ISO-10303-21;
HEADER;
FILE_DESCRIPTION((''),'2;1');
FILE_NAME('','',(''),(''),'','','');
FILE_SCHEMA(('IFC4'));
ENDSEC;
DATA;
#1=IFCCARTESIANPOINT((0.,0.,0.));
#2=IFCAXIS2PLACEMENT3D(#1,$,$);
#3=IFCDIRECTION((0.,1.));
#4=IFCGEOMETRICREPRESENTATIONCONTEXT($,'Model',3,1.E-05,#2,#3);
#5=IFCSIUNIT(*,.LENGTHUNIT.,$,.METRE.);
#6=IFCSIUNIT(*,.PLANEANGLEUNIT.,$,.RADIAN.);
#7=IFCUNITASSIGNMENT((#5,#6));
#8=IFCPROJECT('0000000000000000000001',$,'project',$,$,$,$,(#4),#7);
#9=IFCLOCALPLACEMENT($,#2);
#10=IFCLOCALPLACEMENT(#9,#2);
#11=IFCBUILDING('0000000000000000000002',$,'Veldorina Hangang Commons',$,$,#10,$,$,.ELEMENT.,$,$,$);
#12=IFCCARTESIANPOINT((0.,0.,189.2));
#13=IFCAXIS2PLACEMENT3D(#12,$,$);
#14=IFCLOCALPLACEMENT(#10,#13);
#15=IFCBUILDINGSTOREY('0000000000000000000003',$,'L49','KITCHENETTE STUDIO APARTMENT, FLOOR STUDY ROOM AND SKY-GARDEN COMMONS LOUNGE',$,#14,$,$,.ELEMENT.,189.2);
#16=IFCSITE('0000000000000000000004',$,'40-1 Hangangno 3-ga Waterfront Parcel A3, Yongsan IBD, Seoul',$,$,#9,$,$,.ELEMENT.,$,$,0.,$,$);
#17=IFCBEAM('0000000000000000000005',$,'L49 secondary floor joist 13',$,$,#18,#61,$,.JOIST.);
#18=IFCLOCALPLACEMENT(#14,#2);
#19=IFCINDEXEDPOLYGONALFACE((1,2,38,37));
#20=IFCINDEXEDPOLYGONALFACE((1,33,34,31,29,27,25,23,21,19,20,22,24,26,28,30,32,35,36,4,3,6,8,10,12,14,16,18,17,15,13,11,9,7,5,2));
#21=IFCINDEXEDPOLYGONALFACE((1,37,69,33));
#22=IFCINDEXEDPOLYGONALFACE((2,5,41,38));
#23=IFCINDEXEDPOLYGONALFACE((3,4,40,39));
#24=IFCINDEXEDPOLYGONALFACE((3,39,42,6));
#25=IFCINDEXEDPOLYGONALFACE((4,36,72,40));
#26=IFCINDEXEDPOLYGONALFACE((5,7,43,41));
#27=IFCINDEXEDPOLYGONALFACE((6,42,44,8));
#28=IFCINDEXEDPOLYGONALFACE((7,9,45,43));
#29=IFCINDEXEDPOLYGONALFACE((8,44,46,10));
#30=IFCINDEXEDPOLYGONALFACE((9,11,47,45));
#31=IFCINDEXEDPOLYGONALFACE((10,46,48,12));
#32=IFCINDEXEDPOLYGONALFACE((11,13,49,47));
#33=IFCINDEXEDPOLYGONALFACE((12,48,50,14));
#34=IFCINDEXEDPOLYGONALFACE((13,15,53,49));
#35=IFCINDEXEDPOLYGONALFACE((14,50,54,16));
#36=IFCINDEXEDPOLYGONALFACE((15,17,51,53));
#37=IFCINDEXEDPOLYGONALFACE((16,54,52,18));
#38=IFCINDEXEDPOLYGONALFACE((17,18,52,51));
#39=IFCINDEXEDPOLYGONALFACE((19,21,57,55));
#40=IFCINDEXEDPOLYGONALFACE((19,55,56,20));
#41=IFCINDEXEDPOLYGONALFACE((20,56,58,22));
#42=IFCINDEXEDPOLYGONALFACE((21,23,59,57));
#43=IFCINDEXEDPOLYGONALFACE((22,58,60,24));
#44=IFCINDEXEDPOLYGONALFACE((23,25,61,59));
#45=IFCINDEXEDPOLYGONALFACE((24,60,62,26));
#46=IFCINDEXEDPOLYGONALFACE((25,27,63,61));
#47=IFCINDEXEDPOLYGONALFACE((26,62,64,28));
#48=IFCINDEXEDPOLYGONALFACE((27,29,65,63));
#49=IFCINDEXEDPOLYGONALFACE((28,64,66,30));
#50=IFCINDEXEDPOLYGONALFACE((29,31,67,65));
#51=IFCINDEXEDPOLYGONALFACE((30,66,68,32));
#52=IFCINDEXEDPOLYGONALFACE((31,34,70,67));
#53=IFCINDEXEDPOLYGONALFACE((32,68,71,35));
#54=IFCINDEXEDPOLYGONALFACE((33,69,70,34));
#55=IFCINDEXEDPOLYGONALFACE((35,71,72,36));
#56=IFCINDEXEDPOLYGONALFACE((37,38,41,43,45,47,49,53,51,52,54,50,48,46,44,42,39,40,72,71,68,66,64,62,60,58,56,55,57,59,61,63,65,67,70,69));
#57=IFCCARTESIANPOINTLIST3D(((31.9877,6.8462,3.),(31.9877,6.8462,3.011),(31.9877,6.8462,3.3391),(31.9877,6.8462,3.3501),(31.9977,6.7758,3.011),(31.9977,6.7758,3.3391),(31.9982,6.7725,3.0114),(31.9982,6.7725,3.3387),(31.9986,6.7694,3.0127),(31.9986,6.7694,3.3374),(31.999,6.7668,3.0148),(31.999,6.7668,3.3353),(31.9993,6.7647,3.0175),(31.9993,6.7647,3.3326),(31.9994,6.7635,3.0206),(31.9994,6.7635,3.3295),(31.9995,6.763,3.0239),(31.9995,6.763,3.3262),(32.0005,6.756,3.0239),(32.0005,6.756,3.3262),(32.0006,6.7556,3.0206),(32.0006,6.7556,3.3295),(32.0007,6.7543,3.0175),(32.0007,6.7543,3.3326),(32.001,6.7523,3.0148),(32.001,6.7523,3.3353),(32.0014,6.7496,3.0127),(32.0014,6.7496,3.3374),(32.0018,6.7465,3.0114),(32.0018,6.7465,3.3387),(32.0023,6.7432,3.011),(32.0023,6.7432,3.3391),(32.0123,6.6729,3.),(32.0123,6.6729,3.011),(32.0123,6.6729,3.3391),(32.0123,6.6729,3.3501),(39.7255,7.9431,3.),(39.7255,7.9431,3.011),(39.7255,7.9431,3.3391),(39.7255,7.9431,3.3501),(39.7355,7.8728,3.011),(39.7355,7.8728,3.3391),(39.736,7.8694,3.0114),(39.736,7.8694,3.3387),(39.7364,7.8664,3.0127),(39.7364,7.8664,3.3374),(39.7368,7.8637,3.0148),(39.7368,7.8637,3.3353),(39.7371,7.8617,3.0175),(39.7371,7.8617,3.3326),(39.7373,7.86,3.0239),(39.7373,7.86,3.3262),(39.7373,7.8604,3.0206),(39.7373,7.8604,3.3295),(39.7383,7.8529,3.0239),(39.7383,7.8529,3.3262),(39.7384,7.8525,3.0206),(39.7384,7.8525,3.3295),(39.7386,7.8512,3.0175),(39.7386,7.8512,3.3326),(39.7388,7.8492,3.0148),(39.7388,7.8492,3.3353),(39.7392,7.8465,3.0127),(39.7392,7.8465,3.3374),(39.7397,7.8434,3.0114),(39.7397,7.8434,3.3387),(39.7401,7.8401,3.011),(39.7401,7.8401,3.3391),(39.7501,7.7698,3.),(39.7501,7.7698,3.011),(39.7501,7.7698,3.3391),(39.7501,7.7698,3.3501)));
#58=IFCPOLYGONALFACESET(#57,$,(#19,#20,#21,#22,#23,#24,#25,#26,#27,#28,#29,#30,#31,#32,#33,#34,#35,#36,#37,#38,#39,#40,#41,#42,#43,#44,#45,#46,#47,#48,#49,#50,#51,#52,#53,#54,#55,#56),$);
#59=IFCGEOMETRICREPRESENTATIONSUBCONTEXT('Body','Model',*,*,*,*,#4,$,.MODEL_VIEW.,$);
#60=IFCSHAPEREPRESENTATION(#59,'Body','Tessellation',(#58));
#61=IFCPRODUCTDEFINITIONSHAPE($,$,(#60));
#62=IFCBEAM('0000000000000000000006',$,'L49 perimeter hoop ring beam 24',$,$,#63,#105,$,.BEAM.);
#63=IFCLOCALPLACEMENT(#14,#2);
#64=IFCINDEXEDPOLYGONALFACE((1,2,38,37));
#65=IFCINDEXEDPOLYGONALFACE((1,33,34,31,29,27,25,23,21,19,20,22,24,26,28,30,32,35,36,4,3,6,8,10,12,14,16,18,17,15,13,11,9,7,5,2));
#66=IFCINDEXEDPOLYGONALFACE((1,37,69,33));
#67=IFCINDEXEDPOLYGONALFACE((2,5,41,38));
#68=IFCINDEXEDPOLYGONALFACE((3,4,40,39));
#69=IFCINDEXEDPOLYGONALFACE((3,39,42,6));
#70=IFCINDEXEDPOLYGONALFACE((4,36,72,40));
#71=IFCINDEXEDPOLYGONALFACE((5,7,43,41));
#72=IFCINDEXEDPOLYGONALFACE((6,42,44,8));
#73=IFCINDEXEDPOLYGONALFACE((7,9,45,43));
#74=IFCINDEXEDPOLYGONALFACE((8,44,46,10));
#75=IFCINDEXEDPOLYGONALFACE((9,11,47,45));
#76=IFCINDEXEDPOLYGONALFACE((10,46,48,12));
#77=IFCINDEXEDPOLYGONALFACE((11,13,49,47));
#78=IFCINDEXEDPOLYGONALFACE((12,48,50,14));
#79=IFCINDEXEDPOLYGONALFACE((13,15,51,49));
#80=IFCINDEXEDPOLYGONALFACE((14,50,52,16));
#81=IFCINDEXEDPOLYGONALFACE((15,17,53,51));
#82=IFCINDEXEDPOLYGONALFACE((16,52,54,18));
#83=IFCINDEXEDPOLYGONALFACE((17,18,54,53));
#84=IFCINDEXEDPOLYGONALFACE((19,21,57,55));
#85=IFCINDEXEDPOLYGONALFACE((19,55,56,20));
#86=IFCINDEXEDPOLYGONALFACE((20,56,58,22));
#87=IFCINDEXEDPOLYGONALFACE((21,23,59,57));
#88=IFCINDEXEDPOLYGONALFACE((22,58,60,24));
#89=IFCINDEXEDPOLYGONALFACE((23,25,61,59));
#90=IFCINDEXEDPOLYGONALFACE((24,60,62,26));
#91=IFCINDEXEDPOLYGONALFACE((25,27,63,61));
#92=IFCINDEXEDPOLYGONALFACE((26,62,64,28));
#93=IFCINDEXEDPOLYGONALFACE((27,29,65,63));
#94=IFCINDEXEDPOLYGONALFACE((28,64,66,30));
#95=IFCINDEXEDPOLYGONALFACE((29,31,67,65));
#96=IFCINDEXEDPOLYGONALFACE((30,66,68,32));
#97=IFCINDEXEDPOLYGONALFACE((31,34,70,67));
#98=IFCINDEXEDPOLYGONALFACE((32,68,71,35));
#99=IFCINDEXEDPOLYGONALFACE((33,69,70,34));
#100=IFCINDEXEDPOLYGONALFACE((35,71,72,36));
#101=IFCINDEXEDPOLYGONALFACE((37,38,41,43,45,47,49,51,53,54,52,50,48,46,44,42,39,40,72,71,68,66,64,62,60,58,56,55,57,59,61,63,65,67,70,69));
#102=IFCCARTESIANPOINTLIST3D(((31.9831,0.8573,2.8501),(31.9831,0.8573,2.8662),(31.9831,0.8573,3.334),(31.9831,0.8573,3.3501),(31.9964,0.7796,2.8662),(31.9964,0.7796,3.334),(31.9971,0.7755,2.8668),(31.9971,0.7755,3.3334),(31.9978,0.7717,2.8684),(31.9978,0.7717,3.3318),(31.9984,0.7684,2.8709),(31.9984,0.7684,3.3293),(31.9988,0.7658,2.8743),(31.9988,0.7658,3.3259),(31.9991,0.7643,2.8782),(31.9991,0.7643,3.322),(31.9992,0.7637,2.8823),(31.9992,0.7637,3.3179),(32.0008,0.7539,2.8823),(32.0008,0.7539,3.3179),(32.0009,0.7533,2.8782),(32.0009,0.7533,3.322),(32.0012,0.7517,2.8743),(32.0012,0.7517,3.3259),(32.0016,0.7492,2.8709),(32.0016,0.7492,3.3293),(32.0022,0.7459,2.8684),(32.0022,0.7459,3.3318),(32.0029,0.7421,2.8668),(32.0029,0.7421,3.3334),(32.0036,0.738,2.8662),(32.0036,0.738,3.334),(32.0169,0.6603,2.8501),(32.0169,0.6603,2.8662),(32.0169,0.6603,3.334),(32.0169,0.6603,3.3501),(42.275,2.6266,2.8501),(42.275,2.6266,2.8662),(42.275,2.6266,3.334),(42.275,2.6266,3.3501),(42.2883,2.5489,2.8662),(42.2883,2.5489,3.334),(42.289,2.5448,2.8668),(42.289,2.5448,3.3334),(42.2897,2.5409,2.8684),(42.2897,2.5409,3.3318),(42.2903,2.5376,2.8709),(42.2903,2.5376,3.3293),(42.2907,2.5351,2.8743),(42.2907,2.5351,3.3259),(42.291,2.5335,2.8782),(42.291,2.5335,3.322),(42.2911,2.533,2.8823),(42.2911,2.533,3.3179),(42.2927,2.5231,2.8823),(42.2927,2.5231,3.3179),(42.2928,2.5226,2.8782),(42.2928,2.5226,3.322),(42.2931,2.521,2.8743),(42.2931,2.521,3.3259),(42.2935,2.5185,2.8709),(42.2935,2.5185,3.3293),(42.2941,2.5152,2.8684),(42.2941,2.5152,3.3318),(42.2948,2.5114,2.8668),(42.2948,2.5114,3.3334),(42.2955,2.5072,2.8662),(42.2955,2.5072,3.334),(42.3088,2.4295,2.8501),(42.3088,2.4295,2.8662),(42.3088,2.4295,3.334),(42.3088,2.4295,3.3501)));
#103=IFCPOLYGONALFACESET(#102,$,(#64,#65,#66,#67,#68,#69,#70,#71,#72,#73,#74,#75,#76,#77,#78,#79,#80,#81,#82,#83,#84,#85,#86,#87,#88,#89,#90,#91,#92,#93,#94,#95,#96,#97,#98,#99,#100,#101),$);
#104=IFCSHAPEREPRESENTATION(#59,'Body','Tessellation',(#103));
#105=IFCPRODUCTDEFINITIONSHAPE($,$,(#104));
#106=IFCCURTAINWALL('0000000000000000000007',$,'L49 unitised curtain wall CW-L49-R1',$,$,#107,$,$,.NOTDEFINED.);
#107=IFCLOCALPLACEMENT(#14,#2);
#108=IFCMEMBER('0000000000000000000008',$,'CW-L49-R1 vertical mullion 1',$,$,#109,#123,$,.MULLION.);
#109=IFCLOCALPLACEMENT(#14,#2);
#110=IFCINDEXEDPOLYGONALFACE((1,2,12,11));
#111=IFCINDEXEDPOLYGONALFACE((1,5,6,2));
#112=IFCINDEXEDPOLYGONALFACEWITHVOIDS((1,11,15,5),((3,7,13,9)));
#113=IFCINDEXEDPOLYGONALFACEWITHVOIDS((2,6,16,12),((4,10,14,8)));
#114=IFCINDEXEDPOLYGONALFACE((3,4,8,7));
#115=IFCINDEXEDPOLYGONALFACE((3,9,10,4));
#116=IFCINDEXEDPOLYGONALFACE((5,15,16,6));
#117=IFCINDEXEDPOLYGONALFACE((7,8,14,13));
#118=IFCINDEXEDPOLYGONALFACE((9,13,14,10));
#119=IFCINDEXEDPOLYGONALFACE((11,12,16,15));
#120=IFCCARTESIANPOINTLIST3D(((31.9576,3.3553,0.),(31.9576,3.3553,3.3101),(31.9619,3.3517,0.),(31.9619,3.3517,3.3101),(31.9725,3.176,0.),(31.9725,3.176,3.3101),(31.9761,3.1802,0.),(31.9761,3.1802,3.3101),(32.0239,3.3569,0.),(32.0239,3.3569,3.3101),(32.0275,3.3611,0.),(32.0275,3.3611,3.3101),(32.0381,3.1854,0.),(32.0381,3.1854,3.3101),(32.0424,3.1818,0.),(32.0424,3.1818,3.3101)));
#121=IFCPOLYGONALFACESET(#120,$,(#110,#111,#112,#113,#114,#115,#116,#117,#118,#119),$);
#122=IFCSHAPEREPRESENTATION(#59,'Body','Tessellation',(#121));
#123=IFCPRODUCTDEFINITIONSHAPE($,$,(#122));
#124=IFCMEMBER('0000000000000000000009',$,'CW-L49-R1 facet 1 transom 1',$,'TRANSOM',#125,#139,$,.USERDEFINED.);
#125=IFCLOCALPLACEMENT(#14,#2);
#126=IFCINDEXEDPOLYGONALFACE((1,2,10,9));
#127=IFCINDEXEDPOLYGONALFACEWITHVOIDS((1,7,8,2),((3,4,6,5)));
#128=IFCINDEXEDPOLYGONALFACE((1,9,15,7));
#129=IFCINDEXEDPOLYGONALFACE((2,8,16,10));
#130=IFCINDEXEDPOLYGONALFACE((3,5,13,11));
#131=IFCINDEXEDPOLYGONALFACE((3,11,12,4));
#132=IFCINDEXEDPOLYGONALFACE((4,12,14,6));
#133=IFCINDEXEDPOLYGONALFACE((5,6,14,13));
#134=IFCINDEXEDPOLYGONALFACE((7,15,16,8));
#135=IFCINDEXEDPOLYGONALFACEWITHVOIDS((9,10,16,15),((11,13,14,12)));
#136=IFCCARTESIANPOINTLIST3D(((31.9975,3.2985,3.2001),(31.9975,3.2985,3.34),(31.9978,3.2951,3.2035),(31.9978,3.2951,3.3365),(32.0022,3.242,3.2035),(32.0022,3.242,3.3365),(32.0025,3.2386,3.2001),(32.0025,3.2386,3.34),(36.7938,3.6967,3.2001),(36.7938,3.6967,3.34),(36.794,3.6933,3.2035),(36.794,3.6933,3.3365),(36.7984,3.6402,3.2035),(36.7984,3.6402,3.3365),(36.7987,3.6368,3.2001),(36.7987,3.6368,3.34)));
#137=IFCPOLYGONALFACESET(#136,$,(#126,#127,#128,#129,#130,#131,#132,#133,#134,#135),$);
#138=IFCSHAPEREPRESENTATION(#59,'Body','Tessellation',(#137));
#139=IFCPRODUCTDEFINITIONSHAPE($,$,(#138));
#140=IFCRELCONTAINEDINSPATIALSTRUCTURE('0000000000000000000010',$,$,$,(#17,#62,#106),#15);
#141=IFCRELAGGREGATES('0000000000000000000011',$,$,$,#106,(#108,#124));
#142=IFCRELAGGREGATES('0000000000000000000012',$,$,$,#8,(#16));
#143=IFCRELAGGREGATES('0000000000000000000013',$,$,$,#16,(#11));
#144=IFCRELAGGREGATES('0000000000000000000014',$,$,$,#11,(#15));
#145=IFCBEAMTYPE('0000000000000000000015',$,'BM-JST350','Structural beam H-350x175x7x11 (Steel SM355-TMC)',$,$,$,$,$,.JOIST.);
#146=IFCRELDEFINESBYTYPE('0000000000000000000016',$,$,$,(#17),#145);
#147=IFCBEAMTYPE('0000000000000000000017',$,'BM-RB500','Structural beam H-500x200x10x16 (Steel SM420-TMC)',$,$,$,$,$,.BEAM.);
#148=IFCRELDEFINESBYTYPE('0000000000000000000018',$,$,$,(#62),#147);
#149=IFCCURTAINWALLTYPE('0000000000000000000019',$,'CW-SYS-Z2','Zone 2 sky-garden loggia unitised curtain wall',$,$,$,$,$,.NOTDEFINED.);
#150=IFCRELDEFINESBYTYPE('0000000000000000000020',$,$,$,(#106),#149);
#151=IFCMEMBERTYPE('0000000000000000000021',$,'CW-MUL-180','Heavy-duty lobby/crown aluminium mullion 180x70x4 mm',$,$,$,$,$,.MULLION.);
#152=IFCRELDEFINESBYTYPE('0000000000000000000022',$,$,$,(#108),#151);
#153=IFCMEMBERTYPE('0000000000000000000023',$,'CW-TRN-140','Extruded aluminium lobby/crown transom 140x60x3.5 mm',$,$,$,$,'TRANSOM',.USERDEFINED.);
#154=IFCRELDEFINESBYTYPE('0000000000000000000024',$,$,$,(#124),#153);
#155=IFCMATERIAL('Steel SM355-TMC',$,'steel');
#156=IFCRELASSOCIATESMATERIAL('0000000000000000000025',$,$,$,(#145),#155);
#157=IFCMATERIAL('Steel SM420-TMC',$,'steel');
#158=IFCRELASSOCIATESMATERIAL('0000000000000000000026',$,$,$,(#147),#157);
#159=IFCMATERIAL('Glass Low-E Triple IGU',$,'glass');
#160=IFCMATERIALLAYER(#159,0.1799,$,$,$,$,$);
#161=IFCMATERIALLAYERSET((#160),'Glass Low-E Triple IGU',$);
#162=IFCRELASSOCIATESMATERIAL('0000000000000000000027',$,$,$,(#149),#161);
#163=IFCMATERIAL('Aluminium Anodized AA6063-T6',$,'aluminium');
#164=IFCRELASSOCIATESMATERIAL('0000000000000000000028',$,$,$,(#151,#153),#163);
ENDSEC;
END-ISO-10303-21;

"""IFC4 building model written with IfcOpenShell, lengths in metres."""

from ifc_helpers import new_model, si_unit, direction, frame, origin, origin_2d, place, context, subcontext, project, spatial, hollow_rectangle, i_section, extrude, material, layer, layer_set, material_profile, profile_set, type_object, element, aggregate, save


model = new_model("IFC4")

# Units and contexts
model_context = context("Model", 3, precision=1e-05, world=origin(), true_north=direction((0.0, 1.0)))
body_context = subcontext(model_context, "Body", "Model", "MODEL_VIEW")
ifc_project = project(units=[si_unit("LENGTHUNIT", "METRE"), si_unit("PLANEANGLEUNIT", "RADIAN")], contexts=[model_context])

# Site, building, storey
site_placement = place(None, origin())
site = spatial("IfcSite", under=ifc_project, at=site_placement, Name="40-1 Hangangno 3-ga Waterfront Parcel A3, Yongsan IBD, Seoul", CompositionType="ELEMENT", RefElevation=0.0)
building_placement = place(site_placement, origin())
building = spatial("IfcBuilding", under=site, at=building_placement, Name="Veldorina Hangang Commons", CompositionType="ELEMENT")
storey_placement = place(building_placement, frame((0.0, 0.0, 189.2)))
storey = spatial("IfcBuildingStorey", under=building, at=storey_placement, Name="L49", Description="KITCHENETTE STUDIO APARTMENT, FLOOR STUDY ROOM AND SKY-GARDEN COMMONS LOUNGE", CompositionType="ELEMENT", Elevation=189.2)

# Beams
ifc_material_1 = material(Name="Steel SM355-TMC", Category="steel")
ifc_material_profile_1 = material_profile(ifc_material_1, i_section(OverallWidth=0.175, OverallDepth=0.3501, WebThickness=0.0071, FlangeThickness=0.011, FilletRadius=0.0129, at=origin_2d()), Name="H-350x175x7x11")
ifc_profile_set_1 = profile_set([ifc_material_profile_1], Name="Steel SM355-TMC")
beam_type_1 = type_object("IfcBeamType", Name="BM-JST350", Description="Structural beam H-350x175x7x11 (Steel SM355-TMC)", PredefinedType="JOIST", material=ifc_profile_set_1)
beam_1_placement = place(storey_placement, frame((32.0, 6.7595, 3.175), z_axis=(0.990101, 0.140359, 0.0), x_axis=(-0.140359, 0.990101, 0.0)))
element("IfcBeam", 1, at=beam_1_placement, inside=storey, type_object=beam_type_1, Name="L49 secondary floor joist 13", PredefinedType="JOIST", context=body_context, shape_type="SweptSolid", body=[
    extrude(i_section(OverallWidth=0.175, OverallDepth=0.3501, WebThickness=0.0071, FlangeThickness=0.011, FilletRadius=0.0129, at=origin_2d()), origin(), (0.0, 0.0, 1.0), 7.8152),
])
ifc_material_2 = material(Name="Steel SM420-TMC", Category="steel")
ifc_material_profile_2 = material_profile(ifc_material_2, i_section(OverallWidth=0.2, OverallDepth=0.5, WebThickness=0.01, FlangeThickness=0.0161, FilletRadius=0.0161, at=origin_2d()), Name="H-500x200x10x16")
ifc_profile_set_2 = profile_set([ifc_material_profile_2], Name="Steel SM420-TMC")
beam_type_2 = type_object("IfcBeamType", Name="BM-RB500", Description="Structural beam H-500x200x10x16 (Steel SM420-TMC)", PredefinedType="BEAM", material=ifc_profile_set_2)
beam_2_placement = place(storey_placement, frame((32.0, 0.7588, 3.1001), z_axis=(0.985543, 0.169424, 0.0), x_axis=(-0.169424, 0.985543, 0.0)))
element("IfcBeam", 2, at=beam_2_placement, inside=storey, type_object=beam_type_2, Name="L49 perimeter hoop ring beam 24", PredefinedType="BEAM", context=body_context, shape_type="SweptSolid", body=[
    extrude(i_section(OverallWidth=0.2, OverallDepth=0.5, WebThickness=0.01, FlangeThickness=0.0161, FilletRadius=0.0161, at=origin_2d()), origin(), (0.0, 0.0, 1.0), 10.4429),
])

# Curtain wall, members
ifc_material_3 = material(Name="Glass Low-E Triple IGU", Category="glass")
ifc_layer_1 = layer(ifc_material_3, 0.1799)
ifc_layer_set_1 = layer_set([ifc_layer_1], Name="Glass Low-E Triple IGU")
curtain_wall_type = type_object("IfcCurtainWallType", Name="CW-SYS-Z2", Description="Zone 2 sky-garden loggia unitised curtain wall", PredefinedType="NOTDEFINED", material=ifc_layer_set_1)
curtain_wall_placement = place(storey_placement, origin())
curtain_wall = element("IfcCurtainWall", 3, at=curtain_wall_placement, inside=storey, type_object=curtain_wall_type, Name="L49 unitised curtain wall CW-L49-R1", PredefinedType="NOTDEFINED")
ifc_material_4 = material(Name="Aluminium Anodized AA6063-T6", Category="aluminium")
ifc_material_profile_3 = material_profile(ifc_material_4, hollow_rectangle(XDim=0.0701, YDim=0.1799, WallThickness=0.0039, at=origin_2d()), Name="ALU-RHS-180x70x4")
ifc_profile_set_3 = profile_set([ifc_material_profile_3], Name="Aluminium Anodized AA6063-T6")
member_type_1 = type_object("IfcMemberType", Name="CW-MUL-180", Description="Heavy-duty lobby/crown aluminium mullion 180x70x4 mm", PredefinedType="MULLION", material=ifc_profile_set_3)
member_1_placement = place(storey_placement, frame((32.0, 3.2686, 0.0), z_axis=(0.0, 0.0, 1.0), x_axis=(0.99657, 0.082756, 0.0)))
member_1 = element("IfcMember", 4, at=member_1_placement, type_object=member_type_1, Name="CW-L49-R1 vertical mullion 1", PredefinedType="MULLION", context=body_context, shape_type="SweptSolid", body=[
    extrude(hollow_rectangle(XDim=0.0701, YDim=0.1799, WallThickness=0.0039, at=origin_2d()), origin(), (0.0, 0.0, 1.0), 3.3101),
])
ifc_material_profile_4 = material_profile(ifc_material_4, hollow_rectangle(XDim=0.0601, YDim=0.1399, WallThickness=0.0034, at=origin_2d()), Name="ALU-RHS-140x60x3.5")
ifc_profile_set_4 = profile_set([ifc_material_profile_4], Name="Aluminium Anodized AA6063-T6")
member_type_2 = type_object("IfcMemberType", Name="CW-TRN-140", Description="Extruded aluminium lobby/crown transom 140x60x3.5 mm", ElementType="TRANSOM", PredefinedType="USERDEFINED", material=ifc_profile_set_4)
member_2_placement = place(storey_placement, frame((32.0, 3.2686, 3.27), z_axis=(0.996571, 0.082739, 0.0), x_axis=(-0.082739, 0.996571, 0.0)))
member_2 = element("IfcMember", 5, at=member_2_placement, type_object=member_type_2, Name="CW-L49-R1 facet 1 transom 1", ObjectType="TRANSOM", PredefinedType="USERDEFINED", context=body_context, shape_type="SweptSolid", body=[
    extrude(hollow_rectangle(XDim=0.0601, YDim=0.1399, WallThickness=0.0034, at=origin_2d()), origin(), (0.0, 0.0, 1.0), 4.8127),
])
aggregate(curtain_wall, [member_1, member_2])

save(model, "model.ifc")
